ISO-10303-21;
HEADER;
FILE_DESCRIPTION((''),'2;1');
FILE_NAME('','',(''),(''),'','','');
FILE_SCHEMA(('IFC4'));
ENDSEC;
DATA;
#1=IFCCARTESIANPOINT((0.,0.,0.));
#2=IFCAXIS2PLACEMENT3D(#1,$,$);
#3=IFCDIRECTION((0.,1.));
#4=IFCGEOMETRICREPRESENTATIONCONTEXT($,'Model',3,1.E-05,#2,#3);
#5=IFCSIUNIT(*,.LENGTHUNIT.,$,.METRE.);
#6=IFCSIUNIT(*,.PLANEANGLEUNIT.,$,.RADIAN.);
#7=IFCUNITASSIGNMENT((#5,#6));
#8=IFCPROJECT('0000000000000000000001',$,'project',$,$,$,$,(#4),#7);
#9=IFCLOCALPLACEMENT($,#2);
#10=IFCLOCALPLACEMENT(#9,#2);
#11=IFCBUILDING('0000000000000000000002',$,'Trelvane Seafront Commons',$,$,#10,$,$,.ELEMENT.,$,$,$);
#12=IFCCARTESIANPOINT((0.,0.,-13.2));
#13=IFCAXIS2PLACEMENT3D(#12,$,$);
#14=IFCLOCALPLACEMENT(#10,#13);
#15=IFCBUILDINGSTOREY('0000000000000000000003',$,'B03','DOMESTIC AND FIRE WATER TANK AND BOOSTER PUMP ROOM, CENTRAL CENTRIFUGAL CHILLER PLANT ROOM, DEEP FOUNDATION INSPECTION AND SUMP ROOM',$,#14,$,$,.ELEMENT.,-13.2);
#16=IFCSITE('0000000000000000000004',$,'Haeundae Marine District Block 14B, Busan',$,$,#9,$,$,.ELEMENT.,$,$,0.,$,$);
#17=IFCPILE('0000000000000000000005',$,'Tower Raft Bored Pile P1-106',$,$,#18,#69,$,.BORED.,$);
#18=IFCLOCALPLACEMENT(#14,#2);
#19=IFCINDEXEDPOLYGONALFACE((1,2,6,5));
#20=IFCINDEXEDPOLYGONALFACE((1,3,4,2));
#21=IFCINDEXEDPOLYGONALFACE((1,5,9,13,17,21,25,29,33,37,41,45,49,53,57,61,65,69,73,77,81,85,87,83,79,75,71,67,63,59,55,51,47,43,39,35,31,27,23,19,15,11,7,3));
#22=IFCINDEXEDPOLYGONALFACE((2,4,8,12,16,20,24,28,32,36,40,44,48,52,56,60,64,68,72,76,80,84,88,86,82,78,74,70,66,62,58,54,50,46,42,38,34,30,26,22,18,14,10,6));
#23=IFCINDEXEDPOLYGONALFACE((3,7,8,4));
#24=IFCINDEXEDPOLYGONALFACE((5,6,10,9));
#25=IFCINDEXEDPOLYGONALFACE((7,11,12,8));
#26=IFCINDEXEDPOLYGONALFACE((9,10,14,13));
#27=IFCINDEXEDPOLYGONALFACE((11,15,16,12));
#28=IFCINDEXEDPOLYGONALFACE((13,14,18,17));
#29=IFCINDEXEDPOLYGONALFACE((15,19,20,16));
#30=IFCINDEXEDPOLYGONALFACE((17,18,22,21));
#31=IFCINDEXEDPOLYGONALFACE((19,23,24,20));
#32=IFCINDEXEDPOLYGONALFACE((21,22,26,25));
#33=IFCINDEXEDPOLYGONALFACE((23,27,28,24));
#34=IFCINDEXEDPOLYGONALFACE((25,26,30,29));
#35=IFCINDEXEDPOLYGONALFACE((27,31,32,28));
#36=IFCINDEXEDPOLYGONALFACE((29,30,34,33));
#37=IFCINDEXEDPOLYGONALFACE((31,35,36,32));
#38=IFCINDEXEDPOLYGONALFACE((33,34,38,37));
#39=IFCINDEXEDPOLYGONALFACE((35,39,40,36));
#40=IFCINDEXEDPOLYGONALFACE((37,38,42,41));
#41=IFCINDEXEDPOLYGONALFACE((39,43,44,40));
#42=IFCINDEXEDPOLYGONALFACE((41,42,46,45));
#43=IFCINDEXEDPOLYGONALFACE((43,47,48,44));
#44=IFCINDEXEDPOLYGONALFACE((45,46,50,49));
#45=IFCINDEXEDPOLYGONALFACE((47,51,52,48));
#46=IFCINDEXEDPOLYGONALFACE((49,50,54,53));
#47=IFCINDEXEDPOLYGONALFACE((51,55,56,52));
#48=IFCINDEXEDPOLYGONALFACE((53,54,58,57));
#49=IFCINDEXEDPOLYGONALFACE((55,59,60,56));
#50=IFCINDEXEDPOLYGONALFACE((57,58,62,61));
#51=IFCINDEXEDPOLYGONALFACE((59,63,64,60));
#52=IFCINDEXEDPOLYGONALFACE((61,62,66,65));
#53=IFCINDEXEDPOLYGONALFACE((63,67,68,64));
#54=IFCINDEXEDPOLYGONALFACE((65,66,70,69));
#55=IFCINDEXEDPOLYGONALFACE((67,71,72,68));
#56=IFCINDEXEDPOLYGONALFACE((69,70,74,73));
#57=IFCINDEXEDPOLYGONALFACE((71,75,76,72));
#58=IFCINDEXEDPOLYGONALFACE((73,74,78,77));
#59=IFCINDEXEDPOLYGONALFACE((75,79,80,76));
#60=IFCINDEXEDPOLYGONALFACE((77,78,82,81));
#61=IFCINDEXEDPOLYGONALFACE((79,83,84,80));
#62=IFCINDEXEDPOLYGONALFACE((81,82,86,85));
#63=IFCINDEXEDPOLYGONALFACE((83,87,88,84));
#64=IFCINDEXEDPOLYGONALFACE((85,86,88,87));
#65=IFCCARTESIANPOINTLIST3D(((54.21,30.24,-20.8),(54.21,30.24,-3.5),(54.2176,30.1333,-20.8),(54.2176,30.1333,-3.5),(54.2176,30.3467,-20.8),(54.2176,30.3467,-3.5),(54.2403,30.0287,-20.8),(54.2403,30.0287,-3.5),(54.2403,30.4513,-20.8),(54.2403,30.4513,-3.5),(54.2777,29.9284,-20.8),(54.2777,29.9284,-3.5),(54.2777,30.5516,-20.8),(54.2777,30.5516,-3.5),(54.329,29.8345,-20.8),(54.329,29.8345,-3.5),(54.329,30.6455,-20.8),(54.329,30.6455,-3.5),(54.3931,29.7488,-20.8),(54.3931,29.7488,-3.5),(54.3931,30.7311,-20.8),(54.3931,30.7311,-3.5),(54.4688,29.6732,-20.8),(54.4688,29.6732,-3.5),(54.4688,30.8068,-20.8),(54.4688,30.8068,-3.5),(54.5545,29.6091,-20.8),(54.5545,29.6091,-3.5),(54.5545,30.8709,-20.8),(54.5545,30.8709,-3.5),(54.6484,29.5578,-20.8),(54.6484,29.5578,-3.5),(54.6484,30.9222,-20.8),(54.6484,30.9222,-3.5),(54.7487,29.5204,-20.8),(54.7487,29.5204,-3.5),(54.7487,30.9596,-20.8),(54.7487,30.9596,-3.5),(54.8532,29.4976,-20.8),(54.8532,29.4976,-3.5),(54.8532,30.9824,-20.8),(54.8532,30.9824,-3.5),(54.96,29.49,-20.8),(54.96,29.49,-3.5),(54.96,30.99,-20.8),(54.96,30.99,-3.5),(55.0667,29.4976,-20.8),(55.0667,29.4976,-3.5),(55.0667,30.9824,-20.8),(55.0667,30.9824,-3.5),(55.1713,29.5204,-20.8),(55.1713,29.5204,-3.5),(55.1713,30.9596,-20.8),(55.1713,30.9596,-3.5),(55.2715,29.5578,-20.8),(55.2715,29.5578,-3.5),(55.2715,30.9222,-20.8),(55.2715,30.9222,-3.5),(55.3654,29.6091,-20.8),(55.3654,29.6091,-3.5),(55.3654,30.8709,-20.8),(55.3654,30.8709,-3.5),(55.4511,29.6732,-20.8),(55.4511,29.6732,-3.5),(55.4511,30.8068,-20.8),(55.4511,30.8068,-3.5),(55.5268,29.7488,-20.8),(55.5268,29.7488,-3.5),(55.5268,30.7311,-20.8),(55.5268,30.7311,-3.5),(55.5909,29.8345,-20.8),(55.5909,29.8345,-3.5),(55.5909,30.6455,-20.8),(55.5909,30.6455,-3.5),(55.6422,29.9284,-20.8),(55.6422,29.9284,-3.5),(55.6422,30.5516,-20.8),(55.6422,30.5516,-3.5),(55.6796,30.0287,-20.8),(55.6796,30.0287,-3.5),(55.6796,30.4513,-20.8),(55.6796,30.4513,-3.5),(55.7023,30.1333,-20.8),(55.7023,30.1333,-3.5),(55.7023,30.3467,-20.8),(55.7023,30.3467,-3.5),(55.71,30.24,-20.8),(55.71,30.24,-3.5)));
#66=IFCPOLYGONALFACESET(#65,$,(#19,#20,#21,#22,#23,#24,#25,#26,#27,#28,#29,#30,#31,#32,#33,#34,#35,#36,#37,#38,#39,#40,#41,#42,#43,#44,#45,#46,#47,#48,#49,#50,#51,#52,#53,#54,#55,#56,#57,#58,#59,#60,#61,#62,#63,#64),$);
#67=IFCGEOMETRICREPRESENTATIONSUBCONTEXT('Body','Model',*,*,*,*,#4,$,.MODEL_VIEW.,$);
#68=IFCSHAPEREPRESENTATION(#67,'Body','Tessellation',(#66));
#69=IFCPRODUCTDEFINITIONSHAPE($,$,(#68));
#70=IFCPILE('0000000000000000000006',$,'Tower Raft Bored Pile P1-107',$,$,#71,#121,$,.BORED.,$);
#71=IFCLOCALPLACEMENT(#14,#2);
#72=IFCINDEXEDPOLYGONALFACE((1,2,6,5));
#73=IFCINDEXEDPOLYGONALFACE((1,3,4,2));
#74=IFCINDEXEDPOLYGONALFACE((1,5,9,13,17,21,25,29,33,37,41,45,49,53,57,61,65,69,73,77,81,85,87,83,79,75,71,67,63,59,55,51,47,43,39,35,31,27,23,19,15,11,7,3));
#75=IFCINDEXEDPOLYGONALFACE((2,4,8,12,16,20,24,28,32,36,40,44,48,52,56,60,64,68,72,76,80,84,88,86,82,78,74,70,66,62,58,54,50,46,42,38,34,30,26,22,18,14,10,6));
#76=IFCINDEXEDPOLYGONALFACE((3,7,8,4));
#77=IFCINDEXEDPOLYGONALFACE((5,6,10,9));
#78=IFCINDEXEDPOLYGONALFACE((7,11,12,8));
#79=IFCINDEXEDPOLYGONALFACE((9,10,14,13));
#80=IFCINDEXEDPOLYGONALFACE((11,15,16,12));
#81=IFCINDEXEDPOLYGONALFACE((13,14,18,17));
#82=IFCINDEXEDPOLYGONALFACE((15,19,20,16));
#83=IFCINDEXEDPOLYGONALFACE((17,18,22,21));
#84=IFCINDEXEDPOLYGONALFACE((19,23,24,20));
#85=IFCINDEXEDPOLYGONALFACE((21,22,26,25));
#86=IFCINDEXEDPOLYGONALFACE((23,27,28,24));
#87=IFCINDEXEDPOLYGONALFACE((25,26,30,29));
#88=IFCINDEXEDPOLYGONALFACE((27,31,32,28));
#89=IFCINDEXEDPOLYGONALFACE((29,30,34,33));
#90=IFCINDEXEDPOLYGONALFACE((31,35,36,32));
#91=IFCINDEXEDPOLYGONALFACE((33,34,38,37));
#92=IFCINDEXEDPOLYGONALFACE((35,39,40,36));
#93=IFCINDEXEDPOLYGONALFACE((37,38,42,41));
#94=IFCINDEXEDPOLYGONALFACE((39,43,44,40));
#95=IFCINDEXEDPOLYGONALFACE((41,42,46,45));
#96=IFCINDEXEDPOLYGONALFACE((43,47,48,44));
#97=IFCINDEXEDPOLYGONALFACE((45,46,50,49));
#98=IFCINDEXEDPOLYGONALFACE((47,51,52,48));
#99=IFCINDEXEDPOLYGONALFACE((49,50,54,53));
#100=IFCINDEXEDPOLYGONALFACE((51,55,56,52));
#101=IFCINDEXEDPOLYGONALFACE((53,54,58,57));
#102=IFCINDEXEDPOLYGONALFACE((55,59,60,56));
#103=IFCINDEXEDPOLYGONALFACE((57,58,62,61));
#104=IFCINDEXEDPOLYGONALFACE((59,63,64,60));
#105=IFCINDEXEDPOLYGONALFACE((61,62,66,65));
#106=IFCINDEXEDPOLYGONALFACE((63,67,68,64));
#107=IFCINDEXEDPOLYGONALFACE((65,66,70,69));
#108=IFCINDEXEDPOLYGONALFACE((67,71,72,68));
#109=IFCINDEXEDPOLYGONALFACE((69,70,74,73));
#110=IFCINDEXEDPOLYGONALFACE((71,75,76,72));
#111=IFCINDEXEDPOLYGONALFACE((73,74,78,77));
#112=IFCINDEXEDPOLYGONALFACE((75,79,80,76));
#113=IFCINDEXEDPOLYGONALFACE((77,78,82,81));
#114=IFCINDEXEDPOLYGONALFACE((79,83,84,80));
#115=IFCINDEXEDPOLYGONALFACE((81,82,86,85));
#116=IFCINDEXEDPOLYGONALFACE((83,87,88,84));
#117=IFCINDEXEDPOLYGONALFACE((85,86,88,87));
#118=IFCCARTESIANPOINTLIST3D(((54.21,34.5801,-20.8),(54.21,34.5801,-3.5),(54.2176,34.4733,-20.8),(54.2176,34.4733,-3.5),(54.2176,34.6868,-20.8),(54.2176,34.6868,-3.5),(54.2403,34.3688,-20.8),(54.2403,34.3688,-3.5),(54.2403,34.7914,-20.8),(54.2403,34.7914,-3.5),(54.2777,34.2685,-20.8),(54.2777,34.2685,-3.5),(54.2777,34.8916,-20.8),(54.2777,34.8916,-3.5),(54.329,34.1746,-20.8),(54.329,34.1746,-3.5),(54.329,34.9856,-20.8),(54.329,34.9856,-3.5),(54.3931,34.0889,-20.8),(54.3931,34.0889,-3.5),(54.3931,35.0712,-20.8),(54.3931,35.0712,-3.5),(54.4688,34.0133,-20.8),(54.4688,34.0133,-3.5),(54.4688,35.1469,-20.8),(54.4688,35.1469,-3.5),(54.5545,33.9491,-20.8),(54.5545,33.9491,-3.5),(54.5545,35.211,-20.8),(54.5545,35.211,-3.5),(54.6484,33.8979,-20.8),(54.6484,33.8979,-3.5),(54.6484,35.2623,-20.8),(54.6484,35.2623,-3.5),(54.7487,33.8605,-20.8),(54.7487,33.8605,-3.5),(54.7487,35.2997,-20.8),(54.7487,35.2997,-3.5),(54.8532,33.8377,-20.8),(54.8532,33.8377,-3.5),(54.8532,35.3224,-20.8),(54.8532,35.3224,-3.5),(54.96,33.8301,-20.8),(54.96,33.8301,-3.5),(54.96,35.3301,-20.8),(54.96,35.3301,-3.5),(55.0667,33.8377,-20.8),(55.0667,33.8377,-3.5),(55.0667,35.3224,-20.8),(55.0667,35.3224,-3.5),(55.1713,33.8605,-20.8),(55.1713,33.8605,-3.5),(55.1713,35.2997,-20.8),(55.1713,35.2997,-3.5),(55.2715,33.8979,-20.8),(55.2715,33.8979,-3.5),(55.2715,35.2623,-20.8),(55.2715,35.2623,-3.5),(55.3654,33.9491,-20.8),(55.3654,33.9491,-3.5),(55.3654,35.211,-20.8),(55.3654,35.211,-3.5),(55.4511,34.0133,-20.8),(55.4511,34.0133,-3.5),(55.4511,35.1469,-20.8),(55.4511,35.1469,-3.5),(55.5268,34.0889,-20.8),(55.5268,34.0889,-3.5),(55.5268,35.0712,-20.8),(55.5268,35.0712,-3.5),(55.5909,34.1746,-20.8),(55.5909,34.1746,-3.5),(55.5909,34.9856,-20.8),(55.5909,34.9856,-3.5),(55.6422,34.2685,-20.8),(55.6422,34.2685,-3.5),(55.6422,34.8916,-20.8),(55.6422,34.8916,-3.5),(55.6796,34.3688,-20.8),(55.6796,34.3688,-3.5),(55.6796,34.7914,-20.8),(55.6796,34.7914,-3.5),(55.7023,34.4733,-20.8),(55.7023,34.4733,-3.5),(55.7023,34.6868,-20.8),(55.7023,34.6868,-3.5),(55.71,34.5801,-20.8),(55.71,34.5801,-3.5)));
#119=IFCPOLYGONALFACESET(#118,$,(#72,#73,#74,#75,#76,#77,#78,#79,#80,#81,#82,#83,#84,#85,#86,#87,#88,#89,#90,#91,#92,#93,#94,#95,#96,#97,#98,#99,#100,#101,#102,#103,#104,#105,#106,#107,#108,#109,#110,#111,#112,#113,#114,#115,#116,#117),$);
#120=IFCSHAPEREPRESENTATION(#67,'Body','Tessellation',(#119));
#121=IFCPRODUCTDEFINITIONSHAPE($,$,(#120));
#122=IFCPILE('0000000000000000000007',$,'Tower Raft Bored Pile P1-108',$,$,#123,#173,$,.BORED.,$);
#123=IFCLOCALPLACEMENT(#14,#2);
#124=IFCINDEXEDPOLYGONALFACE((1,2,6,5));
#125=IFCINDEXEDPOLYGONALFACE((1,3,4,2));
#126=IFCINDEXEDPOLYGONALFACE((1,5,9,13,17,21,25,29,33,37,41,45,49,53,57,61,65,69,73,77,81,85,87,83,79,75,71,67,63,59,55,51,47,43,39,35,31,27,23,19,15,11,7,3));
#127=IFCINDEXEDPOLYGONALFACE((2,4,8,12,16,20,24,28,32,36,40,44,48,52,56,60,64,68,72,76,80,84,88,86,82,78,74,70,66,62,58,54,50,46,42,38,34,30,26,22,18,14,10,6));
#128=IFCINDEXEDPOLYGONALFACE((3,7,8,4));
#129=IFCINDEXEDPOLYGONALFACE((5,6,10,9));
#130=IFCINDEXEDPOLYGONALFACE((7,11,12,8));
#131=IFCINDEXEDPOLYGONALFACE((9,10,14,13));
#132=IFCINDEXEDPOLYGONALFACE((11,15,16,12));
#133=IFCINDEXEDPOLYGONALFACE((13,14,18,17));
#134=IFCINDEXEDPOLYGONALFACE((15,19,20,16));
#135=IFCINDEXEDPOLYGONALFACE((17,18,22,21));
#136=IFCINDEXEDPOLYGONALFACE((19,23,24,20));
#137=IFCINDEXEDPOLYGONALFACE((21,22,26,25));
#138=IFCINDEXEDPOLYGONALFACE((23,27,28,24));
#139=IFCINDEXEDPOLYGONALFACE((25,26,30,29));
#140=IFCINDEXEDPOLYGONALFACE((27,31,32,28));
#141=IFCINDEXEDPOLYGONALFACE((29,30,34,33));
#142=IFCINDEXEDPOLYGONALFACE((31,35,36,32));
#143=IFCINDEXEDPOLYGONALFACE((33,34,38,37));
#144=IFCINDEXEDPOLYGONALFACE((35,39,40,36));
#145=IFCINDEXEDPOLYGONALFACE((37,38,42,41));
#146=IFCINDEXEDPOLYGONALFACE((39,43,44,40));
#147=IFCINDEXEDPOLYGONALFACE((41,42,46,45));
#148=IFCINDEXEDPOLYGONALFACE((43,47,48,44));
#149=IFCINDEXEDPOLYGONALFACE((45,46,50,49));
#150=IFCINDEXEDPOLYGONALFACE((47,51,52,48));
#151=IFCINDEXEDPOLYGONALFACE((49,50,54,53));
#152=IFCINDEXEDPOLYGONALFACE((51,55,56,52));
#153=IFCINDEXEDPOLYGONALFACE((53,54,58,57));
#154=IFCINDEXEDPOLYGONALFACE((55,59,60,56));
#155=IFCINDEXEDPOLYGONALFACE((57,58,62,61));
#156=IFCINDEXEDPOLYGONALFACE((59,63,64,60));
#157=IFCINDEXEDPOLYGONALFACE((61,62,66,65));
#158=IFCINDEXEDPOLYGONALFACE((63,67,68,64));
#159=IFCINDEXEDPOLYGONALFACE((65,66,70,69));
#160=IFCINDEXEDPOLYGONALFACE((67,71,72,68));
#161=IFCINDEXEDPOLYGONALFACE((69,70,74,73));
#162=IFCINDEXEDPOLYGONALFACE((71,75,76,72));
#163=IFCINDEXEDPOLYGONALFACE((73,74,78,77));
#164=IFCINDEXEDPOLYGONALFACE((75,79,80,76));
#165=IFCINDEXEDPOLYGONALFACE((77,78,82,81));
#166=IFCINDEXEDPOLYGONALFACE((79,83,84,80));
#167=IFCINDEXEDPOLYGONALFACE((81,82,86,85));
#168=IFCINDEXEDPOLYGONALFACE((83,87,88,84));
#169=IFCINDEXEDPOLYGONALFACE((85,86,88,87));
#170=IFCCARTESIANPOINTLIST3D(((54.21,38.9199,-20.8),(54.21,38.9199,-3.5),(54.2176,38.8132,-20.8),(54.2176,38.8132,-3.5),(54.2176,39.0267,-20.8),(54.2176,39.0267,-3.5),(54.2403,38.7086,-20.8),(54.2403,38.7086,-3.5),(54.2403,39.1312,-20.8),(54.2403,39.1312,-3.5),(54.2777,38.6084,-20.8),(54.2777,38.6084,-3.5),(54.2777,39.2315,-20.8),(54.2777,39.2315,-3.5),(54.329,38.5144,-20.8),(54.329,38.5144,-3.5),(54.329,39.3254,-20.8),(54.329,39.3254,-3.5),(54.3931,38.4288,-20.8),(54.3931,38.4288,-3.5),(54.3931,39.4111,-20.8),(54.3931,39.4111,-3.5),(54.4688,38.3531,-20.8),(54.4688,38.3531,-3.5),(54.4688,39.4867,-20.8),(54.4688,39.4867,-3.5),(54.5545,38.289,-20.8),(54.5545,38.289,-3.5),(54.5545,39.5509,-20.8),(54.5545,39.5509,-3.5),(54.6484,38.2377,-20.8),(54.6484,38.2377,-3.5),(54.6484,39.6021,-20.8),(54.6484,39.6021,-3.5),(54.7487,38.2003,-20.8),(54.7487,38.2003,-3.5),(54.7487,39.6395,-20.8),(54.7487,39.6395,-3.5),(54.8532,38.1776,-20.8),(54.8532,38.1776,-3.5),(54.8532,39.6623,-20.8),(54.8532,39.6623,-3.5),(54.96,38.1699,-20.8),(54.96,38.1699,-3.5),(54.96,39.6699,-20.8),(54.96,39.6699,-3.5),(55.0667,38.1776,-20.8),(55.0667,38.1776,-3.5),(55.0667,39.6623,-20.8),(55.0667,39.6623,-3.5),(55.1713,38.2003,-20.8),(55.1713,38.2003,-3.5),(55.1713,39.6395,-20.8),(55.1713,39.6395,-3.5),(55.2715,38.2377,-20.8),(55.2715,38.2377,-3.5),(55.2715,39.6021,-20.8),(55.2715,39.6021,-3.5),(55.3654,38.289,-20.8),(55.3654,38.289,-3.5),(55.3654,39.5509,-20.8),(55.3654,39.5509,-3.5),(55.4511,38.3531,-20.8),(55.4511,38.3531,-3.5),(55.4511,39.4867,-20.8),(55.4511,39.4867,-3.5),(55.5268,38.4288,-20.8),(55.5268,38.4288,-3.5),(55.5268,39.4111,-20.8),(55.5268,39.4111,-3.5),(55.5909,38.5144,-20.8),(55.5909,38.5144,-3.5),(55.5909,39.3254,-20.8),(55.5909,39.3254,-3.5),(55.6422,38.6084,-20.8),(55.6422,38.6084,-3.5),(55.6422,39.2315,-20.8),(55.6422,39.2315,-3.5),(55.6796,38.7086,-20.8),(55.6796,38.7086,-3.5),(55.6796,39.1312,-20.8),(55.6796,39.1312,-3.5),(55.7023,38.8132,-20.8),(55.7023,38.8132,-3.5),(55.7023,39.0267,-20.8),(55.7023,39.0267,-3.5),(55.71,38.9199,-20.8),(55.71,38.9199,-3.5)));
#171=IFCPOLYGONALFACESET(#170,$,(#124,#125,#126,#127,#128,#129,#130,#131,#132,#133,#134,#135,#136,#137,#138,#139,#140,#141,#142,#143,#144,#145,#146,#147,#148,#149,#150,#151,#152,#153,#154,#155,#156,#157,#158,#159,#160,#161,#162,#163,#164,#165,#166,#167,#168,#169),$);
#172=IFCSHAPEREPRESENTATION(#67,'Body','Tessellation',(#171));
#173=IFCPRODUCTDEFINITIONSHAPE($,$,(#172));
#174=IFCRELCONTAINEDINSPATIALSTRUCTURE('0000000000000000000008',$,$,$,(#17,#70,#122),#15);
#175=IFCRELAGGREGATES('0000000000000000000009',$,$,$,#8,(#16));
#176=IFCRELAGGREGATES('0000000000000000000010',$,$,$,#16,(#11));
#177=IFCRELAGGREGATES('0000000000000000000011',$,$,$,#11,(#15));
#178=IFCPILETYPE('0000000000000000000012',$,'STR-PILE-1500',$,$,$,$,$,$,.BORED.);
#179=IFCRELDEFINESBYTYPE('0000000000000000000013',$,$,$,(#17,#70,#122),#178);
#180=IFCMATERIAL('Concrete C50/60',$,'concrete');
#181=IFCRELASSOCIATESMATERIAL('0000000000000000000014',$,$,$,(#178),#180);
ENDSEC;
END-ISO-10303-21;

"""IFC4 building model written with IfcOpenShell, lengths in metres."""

from ifc_helpers import new_model, si_unit, direction, frame, origin, origin_2d, place, context, subcontext, project, spatial, circle, extrude, source, transform, mapped, material, material_profile, profile_set, type_object, element, save


model = new_model("IFC4")

# Units and contexts
model_context = context("Model", 3, precision=1e-05, world=origin(), true_north=direction((0.0, 1.0)))
body_context = subcontext(model_context, "Body", "Model", "MODEL_VIEW")
ifc_project = project(units=[si_unit("LENGTHUNIT", "METRE"), si_unit("PLANEANGLEUNIT", "RADIAN")], contexts=[model_context])

# Site, building, storey
site_placement = place(None, origin())
site = spatial("IfcSite", under=ifc_project, at=site_placement, Name="Haeundae Marine District Block 14B, Busan", CompositionType="ELEMENT", RefElevation=0.0)
building_placement = place(site_placement, origin())
building = spatial("IfcBuilding", under=site, at=building_placement, Name="Trelvane Seafront Commons", CompositionType="ELEMENT")
storey_placement = place(building_placement, frame((0.0, 0.0, -13.2)))
storey = spatial("IfcBuildingStorey", under=building, at=storey_placement, Name="B03", Description="DOMESTIC AND FIRE WATER TANK AND BOOSTER PUMP ROOM, CENTRAL CENTRIFUGAL CHILLER PLANT ROOM, DEEP FOUNDATION INSPECTION AND SUMP ROOM", CompositionType="ELEMENT", Elevation=-13.2)

# Piles
ifc_material_1 = material(Name="Concrete C50/60", Category="concrete")
ifc_material_profile_1 = material_profile(ifc_material_1, circle(Radius=0.75, at=origin_2d()), Name="PILE-1500")
ifc_profile_set_1 = profile_set([ifc_material_profile_1], Name="Concrete C50/60")
pile_type = type_object("IfcPileType", Name="STR-PILE-1500", PredefinedType="BORED", material=ifc_profile_set_1)
shared_shape_1 = source(origin(), body_context, "Body", "SweptSolid", [
    extrude(circle(Radius=0.75, at=origin_2d()), origin(), (0.0, 0.0, 1.0), 17.3),
])
for number, where, z_axis, x_axis, name in (
    (1, (54.96, 30.24, -3.5), (0.0, 0.0, -1.0), (1.0, 0.0, 0.0), "Tower Raft Bored Pile P1-106"),
    (2, (54.96, 34.5801, -3.5), (0.0, 0.0, -1.0), (1.0, 0.0, 0.0), "Tower Raft Bored Pile P1-107"),
    (3, (54.96, 38.9199, -3.5), (0.0, 0.0, -1.0), (1.0, 0.0, 0.0), "Tower Raft Bored Pile P1-108"),
):
    element("IfcPile", number, at=place(storey_placement, frame(where, z_axis=z_axis, x_axis=x_axis)), inside=storey, type_object=pile_type, Name=name, PredefinedType="BORED", context=body_context, shape_type="MappedRepresentation", body=[
        mapped(shared_shape_1, transform((0.0, 0.0, 0.0), x_axis=(1.0, 0.0, 0.0), y_axis=(0.0, 1.0, 0.0), z_axis=(0.0, 0.0, 1.0), scale=1.0)),
    ])

save(model, "model.ifc")
